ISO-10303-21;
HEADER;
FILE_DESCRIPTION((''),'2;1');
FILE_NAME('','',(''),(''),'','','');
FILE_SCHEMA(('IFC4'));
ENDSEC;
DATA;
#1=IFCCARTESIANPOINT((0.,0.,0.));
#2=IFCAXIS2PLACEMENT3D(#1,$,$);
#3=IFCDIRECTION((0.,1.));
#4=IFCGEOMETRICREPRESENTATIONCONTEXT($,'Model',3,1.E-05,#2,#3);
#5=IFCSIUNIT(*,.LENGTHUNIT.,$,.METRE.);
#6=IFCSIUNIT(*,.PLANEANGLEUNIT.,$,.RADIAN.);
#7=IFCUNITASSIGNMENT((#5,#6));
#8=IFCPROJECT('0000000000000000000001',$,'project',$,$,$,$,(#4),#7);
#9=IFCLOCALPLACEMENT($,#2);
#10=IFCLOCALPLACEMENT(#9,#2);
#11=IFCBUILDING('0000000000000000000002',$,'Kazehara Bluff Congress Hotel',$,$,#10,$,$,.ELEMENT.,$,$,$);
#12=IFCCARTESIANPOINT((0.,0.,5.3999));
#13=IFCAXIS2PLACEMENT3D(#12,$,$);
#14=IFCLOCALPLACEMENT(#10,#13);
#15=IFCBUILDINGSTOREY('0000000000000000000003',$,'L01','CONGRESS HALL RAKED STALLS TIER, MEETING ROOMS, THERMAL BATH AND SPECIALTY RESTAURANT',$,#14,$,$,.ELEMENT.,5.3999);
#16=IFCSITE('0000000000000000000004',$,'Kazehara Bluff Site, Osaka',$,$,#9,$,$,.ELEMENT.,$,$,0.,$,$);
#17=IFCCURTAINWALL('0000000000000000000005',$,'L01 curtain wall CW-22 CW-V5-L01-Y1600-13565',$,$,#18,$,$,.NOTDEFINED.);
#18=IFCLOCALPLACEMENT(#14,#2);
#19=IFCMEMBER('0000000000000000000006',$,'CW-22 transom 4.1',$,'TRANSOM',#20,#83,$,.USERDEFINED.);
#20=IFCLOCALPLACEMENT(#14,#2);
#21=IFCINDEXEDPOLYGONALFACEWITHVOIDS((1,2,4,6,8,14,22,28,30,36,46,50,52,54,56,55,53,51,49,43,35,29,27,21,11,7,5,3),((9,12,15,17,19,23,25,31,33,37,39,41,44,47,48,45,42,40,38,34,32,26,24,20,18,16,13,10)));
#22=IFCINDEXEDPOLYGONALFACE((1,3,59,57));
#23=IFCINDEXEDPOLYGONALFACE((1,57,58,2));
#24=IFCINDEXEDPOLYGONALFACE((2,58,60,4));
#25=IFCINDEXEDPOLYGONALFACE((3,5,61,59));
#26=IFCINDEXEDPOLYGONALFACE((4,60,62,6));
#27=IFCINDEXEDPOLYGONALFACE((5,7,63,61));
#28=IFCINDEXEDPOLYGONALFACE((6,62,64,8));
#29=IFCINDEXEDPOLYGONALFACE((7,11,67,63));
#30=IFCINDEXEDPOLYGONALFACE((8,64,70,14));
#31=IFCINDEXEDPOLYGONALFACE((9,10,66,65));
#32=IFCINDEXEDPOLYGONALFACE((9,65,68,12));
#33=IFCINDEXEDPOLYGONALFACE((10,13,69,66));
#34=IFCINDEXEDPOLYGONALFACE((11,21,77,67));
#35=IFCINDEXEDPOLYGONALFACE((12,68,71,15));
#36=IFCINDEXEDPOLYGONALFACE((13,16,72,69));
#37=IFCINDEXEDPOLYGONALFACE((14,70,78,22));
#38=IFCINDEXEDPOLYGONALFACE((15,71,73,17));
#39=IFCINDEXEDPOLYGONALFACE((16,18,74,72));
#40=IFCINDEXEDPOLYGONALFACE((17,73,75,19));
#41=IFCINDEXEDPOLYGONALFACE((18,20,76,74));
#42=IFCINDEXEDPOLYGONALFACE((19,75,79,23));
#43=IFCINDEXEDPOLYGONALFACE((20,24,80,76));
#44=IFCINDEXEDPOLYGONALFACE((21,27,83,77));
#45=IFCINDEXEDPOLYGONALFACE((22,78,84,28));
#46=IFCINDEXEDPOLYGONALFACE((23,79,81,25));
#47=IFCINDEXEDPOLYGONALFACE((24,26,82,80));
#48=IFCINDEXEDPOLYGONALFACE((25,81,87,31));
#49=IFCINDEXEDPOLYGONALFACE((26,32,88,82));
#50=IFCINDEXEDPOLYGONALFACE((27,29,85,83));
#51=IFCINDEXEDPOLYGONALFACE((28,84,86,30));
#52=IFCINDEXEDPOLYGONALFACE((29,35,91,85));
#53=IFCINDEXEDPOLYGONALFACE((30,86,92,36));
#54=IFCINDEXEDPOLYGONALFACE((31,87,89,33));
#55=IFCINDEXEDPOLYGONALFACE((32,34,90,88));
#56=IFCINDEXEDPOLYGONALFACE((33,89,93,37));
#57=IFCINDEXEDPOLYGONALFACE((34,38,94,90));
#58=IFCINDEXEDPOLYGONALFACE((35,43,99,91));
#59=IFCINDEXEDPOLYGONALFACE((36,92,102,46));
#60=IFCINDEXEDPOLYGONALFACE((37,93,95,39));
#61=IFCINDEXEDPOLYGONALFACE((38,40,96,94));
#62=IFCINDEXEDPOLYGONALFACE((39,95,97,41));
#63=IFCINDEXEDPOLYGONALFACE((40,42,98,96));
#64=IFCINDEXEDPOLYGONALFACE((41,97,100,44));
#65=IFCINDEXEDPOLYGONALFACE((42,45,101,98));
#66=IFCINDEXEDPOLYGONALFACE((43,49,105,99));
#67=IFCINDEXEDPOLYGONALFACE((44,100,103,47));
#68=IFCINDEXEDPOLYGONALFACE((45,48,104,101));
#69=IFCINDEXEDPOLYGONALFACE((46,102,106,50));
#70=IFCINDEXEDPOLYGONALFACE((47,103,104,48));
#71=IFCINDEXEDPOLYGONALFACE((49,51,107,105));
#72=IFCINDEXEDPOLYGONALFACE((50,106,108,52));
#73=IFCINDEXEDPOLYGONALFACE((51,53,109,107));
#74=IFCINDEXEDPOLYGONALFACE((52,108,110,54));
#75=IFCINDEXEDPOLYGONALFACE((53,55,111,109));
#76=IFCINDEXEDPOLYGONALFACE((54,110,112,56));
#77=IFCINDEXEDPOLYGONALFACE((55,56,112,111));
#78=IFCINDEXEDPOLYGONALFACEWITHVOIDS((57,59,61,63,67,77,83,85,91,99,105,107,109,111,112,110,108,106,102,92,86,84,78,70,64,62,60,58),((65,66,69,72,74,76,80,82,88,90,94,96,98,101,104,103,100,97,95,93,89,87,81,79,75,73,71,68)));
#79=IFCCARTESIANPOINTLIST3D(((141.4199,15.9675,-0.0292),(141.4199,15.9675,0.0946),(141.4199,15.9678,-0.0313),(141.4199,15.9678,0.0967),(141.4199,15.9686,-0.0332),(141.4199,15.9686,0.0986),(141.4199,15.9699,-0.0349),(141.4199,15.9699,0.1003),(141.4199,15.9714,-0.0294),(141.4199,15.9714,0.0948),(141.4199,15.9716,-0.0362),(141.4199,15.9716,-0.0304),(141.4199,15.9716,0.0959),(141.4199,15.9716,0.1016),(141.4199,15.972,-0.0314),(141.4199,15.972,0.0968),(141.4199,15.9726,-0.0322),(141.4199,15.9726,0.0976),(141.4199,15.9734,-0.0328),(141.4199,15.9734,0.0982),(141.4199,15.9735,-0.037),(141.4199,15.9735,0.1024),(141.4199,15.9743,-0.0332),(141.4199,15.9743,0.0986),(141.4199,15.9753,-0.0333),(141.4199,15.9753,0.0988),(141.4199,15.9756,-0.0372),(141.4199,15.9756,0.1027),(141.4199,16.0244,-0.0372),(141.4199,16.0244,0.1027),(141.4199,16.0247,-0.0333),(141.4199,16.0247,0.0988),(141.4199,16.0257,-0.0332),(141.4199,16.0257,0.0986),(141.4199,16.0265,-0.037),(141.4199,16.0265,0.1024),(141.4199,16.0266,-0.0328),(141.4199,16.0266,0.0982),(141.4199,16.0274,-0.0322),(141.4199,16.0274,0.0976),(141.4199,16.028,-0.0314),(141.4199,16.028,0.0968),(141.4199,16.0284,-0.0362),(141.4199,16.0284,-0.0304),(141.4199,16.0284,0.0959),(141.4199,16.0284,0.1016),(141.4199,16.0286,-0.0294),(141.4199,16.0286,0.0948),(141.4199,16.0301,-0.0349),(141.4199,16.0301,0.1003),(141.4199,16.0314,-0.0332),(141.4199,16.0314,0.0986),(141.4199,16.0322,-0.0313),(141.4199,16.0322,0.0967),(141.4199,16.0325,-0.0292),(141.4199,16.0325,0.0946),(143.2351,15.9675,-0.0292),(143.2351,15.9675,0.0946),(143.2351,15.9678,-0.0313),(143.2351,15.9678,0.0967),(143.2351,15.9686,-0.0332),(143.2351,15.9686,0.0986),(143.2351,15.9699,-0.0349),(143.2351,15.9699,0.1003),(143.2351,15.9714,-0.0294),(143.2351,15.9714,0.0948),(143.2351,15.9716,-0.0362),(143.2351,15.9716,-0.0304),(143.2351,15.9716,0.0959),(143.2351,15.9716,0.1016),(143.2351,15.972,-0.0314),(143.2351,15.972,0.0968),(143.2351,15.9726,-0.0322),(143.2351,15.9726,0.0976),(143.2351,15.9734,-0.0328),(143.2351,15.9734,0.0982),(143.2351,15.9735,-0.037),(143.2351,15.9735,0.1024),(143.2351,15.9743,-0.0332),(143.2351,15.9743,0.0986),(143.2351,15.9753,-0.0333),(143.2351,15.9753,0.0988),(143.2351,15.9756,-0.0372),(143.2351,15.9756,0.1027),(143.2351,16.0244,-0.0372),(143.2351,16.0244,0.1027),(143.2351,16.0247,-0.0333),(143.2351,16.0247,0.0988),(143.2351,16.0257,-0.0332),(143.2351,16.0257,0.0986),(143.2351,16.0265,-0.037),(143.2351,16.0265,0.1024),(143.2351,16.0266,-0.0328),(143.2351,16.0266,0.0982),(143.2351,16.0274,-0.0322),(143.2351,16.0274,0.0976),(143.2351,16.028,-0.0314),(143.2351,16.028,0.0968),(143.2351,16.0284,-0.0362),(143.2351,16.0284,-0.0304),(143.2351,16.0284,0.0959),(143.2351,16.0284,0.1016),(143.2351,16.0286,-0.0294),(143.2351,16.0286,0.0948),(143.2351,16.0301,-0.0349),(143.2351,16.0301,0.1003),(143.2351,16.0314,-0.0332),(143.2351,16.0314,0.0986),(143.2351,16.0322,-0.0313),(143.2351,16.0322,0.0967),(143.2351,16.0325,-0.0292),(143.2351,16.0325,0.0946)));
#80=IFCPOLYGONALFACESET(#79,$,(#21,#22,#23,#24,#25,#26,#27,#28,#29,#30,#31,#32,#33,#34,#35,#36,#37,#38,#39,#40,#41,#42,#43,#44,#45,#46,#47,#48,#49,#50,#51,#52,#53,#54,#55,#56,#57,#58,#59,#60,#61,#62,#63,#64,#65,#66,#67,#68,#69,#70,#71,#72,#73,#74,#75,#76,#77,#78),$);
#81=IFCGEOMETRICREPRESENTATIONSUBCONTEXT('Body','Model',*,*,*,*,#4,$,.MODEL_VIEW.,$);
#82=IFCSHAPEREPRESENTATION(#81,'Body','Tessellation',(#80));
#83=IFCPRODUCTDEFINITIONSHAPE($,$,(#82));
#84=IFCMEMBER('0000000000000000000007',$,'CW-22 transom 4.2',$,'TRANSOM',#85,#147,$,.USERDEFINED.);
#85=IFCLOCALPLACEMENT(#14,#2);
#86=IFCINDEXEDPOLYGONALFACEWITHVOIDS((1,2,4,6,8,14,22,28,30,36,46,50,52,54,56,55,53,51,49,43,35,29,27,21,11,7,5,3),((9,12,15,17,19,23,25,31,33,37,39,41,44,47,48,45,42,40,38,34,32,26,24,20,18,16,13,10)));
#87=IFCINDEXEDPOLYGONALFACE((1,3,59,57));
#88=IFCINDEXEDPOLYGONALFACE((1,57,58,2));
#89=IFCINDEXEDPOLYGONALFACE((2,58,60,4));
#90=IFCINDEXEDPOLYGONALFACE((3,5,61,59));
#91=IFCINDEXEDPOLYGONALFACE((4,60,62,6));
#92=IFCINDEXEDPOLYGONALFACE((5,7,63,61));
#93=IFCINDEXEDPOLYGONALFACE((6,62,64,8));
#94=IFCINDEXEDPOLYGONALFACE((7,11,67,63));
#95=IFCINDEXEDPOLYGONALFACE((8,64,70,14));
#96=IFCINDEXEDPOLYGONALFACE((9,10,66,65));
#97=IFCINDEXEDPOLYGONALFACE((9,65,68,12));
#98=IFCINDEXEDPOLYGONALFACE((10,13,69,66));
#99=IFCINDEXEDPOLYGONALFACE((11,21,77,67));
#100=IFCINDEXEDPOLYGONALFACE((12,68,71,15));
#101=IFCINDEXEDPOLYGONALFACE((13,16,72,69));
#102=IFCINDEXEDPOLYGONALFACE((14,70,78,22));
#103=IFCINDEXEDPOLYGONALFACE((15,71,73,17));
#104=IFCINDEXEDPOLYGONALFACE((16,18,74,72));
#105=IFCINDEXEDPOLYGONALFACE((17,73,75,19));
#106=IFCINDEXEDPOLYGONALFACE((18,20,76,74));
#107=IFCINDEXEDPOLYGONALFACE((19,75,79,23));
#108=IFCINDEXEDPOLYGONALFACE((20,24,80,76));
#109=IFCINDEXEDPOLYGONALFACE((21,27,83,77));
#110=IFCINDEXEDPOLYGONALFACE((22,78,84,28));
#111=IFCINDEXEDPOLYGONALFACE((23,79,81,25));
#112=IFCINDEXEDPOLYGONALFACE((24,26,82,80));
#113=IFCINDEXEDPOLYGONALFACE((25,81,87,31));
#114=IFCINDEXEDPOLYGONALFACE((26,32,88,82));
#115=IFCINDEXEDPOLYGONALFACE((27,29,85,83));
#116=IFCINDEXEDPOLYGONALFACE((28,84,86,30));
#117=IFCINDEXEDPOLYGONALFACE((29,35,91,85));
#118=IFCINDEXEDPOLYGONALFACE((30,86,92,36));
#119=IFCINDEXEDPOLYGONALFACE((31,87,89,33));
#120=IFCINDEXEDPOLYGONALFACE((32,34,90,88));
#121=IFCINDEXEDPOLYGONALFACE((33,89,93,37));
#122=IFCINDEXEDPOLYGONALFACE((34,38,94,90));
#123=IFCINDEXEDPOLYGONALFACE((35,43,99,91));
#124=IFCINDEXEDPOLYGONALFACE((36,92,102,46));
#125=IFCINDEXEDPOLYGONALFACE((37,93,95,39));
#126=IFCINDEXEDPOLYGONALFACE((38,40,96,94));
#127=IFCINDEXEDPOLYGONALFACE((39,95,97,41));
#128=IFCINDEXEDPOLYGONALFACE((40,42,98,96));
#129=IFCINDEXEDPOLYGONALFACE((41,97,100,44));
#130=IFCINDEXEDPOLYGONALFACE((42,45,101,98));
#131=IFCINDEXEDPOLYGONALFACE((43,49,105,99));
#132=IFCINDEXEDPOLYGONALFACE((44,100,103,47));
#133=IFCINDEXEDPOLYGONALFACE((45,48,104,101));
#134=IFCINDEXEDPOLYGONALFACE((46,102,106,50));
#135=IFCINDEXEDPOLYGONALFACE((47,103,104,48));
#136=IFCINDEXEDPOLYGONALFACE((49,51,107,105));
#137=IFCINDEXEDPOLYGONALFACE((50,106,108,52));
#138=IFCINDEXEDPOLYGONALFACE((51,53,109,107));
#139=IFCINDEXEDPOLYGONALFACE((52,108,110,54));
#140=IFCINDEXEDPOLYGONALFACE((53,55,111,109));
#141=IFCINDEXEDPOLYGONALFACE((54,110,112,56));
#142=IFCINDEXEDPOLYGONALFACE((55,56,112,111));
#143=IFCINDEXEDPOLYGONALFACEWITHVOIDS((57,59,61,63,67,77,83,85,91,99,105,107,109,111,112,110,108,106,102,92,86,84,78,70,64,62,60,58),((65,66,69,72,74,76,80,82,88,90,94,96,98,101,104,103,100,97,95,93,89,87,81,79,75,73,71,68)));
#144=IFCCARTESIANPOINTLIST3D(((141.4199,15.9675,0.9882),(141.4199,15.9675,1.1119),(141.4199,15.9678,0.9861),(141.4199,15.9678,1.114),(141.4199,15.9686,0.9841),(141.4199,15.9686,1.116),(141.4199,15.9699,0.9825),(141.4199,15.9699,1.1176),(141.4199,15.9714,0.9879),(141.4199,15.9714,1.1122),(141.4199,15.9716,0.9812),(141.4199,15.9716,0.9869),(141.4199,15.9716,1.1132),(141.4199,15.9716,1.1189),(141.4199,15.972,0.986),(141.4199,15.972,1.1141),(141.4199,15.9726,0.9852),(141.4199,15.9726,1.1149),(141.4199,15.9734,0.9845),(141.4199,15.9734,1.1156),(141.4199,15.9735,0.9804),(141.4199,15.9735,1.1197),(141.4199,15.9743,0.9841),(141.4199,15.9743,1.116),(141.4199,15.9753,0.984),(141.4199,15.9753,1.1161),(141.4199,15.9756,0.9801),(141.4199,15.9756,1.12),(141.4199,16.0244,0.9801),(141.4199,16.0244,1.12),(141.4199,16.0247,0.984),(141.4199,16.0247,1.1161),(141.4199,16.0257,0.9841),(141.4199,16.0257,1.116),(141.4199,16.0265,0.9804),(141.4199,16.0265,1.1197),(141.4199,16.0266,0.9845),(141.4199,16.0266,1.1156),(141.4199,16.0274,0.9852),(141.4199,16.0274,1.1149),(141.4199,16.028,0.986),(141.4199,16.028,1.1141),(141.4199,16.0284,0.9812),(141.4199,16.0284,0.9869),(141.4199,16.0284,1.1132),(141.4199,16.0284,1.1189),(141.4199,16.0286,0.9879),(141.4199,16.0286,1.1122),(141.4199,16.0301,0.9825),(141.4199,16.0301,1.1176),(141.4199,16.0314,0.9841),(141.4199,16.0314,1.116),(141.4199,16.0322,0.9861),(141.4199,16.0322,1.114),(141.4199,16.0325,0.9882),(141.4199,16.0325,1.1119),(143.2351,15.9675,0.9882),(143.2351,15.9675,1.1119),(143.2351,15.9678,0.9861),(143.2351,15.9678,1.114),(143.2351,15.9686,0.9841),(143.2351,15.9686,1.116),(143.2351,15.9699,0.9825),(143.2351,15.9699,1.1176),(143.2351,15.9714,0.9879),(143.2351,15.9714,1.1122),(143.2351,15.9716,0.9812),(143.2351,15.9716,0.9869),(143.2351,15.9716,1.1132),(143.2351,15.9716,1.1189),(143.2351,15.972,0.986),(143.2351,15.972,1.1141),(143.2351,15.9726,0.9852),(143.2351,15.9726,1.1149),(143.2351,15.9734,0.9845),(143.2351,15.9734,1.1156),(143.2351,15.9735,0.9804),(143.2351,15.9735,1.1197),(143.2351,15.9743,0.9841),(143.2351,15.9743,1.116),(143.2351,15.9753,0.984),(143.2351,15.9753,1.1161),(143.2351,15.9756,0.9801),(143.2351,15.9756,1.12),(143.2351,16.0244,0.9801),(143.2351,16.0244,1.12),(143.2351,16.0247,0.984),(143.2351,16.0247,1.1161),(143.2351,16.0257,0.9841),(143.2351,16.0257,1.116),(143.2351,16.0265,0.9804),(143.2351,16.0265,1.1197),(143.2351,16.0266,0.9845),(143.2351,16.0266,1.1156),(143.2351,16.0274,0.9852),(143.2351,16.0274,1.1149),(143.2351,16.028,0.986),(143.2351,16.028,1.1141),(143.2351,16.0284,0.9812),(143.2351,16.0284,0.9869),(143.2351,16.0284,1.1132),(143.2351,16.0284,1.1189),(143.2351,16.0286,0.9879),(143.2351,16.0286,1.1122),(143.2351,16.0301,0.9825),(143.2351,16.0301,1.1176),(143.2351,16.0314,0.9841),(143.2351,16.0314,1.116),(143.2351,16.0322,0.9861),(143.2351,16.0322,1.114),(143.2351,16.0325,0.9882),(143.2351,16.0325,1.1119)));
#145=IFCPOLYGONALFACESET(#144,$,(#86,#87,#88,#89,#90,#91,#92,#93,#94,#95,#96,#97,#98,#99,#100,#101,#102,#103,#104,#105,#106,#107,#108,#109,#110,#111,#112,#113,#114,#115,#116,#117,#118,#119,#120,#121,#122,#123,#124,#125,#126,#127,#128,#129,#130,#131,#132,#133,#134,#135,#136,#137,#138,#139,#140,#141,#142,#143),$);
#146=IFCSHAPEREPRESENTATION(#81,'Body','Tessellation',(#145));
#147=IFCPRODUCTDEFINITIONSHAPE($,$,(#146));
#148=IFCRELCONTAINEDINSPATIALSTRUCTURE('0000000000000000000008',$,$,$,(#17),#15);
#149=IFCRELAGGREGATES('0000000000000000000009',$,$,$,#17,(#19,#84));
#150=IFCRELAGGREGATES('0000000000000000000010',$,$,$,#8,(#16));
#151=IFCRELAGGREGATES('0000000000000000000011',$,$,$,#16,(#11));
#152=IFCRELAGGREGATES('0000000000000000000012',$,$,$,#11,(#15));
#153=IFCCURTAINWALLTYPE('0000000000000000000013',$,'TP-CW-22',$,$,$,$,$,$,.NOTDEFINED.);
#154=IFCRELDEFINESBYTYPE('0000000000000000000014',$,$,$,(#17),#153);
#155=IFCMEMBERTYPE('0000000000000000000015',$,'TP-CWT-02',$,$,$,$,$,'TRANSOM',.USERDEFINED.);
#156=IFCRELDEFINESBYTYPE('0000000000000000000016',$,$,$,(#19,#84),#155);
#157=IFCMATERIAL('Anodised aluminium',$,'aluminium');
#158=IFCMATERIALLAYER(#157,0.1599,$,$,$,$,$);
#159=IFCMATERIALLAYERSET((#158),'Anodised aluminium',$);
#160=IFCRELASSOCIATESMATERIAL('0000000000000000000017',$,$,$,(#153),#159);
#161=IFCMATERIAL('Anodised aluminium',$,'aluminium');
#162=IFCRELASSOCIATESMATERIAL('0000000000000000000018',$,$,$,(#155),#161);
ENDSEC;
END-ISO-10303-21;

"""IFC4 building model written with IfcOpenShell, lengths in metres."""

from ifc_helpers import new_model, si_unit, direction, frame, origin, origin_2d, place, context, subcontext, project, spatial, hollow_rectangle, extrude, material, layer, layer_set, material_profile, profile_set, type_object, element, aggregate, save


model = new_model("IFC4")

# Units and contexts
model_context = context("Model", 3, precision=1e-05, world=origin(), true_north=direction((0.0, 1.0)))
body_context = subcontext(model_context, "Body", "Model", "MODEL_VIEW")
ifc_project = project(units=[si_unit("LENGTHUNIT", "METRE"), si_unit("PLANEANGLEUNIT", "RADIAN")], contexts=[model_context])

# Site, building, storey
site_placement = place(None, origin())
site = spatial("IfcSite", under=ifc_project, at=site_placement, Name="Kazehara Bluff Site, Osaka", CompositionType="ELEMENT", RefElevation=0.0)
building_placement = place(site_placement, origin())
building = spatial("IfcBuilding", under=site, at=building_placement, Name="Kazehara Bluff Congress Hotel", CompositionType="ELEMENT")
storey_placement = place(building_placement, frame((0.0, 0.0, 5.3999)))
storey = spatial("IfcBuildingStorey", under=building, at=storey_placement, Name="L01", Description="CONGRESS HALL RAKED STALLS TIER, MEETING ROOMS, THERMAL BATH AND SPECIALTY RESTAURANT", CompositionType="ELEMENT", Elevation=5.3999)

# Curtain wall
ifc_material_1 = material(Name="Anodised aluminium", Category="aluminium")
ifc_layer_1 = layer(ifc_material_1, 0.1599)
ifc_layer_set_1 = layer_set([ifc_layer_1], Name="Anodised aluminium")
curtain_wall_type_1 = type_object("IfcCurtainWallType", Name="TP-CW-22", PredefinedType="NOTDEFINED", material=ifc_layer_set_1)
curtain_wall_1_placement = place(storey_placement, origin())
curtain_wall_1 = element("IfcCurtainWall", 1, at=curtain_wall_1_placement, inside=storey, type_object=curtain_wall_type_1, Name="L01 curtain wall CW-22 CW-V5-L01-Y1600-13565", PredefinedType="NOTDEFINED")

# Members
ifc_material_2 = material(Name="Anodised aluminium", Category="aluminium")
ifc_material_profile_1 = material_profile(ifc_material_2, hollow_rectangle(XDim=0.0649, YDim=0.1399, WallThickness=0.0039, InnerFilletRadius=0.0039, OuterFilletRadius=0.0081, at=origin_2d()))
ifc_profile_set_1 = profile_set([ifc_material_profile_1], Name="Anodised aluminium")
member_type_1 = type_object("IfcMemberType", Name="TP-CWT-02", ElementType="TRANSOM", PredefinedType="USERDEFINED", material=ifc_profile_set_1)
member_1_placement = place(storey_placement, frame((141.4199, 16.0, 0.0327), z_axis=(1.0, 0.0, 0.0), x_axis=(0.0, 1.0, 0.0)))
member_1 = element("IfcMember", 2, at=member_1_placement, type_object=member_type_1, Name="CW-22 transom 4.1", ObjectType="TRANSOM", PredefinedType="USERDEFINED", context=body_context, shape_type="SweptSolid", body=[
    extrude(hollow_rectangle(XDim=0.0649, YDim=0.1399, WallThickness=0.0039, InnerFilletRadius=0.0039, OuterFilletRadius=0.0081, at=origin_2d()), origin(), (0.0, 0.0, 1.0), 1.8152),
])
member_2_placement = place(storey_placement, frame((141.4199, 16.0, 1.05), z_axis=(1.0, 0.0, 0.0), x_axis=(0.0, 1.0, 0.0)))
member_2 = element("IfcMember", 3, at=member_2_placement, type_object=member_type_1, Name="CW-22 transom 4.2", ObjectType="TRANSOM", PredefinedType="USERDEFINED", context=body_context, shape_type="SweptSolid", body=[
    extrude(hollow_rectangle(XDim=0.0649, YDim=0.1399, WallThickness=0.0039, InnerFilletRadius=0.0039, OuterFilletRadius=0.0081, at=origin_2d()), origin(), (0.0, 0.0, 1.0), 1.8152),
])

aggregate(curtain_wall_1, [member_1, member_2])

save(model, "model.ifc")
